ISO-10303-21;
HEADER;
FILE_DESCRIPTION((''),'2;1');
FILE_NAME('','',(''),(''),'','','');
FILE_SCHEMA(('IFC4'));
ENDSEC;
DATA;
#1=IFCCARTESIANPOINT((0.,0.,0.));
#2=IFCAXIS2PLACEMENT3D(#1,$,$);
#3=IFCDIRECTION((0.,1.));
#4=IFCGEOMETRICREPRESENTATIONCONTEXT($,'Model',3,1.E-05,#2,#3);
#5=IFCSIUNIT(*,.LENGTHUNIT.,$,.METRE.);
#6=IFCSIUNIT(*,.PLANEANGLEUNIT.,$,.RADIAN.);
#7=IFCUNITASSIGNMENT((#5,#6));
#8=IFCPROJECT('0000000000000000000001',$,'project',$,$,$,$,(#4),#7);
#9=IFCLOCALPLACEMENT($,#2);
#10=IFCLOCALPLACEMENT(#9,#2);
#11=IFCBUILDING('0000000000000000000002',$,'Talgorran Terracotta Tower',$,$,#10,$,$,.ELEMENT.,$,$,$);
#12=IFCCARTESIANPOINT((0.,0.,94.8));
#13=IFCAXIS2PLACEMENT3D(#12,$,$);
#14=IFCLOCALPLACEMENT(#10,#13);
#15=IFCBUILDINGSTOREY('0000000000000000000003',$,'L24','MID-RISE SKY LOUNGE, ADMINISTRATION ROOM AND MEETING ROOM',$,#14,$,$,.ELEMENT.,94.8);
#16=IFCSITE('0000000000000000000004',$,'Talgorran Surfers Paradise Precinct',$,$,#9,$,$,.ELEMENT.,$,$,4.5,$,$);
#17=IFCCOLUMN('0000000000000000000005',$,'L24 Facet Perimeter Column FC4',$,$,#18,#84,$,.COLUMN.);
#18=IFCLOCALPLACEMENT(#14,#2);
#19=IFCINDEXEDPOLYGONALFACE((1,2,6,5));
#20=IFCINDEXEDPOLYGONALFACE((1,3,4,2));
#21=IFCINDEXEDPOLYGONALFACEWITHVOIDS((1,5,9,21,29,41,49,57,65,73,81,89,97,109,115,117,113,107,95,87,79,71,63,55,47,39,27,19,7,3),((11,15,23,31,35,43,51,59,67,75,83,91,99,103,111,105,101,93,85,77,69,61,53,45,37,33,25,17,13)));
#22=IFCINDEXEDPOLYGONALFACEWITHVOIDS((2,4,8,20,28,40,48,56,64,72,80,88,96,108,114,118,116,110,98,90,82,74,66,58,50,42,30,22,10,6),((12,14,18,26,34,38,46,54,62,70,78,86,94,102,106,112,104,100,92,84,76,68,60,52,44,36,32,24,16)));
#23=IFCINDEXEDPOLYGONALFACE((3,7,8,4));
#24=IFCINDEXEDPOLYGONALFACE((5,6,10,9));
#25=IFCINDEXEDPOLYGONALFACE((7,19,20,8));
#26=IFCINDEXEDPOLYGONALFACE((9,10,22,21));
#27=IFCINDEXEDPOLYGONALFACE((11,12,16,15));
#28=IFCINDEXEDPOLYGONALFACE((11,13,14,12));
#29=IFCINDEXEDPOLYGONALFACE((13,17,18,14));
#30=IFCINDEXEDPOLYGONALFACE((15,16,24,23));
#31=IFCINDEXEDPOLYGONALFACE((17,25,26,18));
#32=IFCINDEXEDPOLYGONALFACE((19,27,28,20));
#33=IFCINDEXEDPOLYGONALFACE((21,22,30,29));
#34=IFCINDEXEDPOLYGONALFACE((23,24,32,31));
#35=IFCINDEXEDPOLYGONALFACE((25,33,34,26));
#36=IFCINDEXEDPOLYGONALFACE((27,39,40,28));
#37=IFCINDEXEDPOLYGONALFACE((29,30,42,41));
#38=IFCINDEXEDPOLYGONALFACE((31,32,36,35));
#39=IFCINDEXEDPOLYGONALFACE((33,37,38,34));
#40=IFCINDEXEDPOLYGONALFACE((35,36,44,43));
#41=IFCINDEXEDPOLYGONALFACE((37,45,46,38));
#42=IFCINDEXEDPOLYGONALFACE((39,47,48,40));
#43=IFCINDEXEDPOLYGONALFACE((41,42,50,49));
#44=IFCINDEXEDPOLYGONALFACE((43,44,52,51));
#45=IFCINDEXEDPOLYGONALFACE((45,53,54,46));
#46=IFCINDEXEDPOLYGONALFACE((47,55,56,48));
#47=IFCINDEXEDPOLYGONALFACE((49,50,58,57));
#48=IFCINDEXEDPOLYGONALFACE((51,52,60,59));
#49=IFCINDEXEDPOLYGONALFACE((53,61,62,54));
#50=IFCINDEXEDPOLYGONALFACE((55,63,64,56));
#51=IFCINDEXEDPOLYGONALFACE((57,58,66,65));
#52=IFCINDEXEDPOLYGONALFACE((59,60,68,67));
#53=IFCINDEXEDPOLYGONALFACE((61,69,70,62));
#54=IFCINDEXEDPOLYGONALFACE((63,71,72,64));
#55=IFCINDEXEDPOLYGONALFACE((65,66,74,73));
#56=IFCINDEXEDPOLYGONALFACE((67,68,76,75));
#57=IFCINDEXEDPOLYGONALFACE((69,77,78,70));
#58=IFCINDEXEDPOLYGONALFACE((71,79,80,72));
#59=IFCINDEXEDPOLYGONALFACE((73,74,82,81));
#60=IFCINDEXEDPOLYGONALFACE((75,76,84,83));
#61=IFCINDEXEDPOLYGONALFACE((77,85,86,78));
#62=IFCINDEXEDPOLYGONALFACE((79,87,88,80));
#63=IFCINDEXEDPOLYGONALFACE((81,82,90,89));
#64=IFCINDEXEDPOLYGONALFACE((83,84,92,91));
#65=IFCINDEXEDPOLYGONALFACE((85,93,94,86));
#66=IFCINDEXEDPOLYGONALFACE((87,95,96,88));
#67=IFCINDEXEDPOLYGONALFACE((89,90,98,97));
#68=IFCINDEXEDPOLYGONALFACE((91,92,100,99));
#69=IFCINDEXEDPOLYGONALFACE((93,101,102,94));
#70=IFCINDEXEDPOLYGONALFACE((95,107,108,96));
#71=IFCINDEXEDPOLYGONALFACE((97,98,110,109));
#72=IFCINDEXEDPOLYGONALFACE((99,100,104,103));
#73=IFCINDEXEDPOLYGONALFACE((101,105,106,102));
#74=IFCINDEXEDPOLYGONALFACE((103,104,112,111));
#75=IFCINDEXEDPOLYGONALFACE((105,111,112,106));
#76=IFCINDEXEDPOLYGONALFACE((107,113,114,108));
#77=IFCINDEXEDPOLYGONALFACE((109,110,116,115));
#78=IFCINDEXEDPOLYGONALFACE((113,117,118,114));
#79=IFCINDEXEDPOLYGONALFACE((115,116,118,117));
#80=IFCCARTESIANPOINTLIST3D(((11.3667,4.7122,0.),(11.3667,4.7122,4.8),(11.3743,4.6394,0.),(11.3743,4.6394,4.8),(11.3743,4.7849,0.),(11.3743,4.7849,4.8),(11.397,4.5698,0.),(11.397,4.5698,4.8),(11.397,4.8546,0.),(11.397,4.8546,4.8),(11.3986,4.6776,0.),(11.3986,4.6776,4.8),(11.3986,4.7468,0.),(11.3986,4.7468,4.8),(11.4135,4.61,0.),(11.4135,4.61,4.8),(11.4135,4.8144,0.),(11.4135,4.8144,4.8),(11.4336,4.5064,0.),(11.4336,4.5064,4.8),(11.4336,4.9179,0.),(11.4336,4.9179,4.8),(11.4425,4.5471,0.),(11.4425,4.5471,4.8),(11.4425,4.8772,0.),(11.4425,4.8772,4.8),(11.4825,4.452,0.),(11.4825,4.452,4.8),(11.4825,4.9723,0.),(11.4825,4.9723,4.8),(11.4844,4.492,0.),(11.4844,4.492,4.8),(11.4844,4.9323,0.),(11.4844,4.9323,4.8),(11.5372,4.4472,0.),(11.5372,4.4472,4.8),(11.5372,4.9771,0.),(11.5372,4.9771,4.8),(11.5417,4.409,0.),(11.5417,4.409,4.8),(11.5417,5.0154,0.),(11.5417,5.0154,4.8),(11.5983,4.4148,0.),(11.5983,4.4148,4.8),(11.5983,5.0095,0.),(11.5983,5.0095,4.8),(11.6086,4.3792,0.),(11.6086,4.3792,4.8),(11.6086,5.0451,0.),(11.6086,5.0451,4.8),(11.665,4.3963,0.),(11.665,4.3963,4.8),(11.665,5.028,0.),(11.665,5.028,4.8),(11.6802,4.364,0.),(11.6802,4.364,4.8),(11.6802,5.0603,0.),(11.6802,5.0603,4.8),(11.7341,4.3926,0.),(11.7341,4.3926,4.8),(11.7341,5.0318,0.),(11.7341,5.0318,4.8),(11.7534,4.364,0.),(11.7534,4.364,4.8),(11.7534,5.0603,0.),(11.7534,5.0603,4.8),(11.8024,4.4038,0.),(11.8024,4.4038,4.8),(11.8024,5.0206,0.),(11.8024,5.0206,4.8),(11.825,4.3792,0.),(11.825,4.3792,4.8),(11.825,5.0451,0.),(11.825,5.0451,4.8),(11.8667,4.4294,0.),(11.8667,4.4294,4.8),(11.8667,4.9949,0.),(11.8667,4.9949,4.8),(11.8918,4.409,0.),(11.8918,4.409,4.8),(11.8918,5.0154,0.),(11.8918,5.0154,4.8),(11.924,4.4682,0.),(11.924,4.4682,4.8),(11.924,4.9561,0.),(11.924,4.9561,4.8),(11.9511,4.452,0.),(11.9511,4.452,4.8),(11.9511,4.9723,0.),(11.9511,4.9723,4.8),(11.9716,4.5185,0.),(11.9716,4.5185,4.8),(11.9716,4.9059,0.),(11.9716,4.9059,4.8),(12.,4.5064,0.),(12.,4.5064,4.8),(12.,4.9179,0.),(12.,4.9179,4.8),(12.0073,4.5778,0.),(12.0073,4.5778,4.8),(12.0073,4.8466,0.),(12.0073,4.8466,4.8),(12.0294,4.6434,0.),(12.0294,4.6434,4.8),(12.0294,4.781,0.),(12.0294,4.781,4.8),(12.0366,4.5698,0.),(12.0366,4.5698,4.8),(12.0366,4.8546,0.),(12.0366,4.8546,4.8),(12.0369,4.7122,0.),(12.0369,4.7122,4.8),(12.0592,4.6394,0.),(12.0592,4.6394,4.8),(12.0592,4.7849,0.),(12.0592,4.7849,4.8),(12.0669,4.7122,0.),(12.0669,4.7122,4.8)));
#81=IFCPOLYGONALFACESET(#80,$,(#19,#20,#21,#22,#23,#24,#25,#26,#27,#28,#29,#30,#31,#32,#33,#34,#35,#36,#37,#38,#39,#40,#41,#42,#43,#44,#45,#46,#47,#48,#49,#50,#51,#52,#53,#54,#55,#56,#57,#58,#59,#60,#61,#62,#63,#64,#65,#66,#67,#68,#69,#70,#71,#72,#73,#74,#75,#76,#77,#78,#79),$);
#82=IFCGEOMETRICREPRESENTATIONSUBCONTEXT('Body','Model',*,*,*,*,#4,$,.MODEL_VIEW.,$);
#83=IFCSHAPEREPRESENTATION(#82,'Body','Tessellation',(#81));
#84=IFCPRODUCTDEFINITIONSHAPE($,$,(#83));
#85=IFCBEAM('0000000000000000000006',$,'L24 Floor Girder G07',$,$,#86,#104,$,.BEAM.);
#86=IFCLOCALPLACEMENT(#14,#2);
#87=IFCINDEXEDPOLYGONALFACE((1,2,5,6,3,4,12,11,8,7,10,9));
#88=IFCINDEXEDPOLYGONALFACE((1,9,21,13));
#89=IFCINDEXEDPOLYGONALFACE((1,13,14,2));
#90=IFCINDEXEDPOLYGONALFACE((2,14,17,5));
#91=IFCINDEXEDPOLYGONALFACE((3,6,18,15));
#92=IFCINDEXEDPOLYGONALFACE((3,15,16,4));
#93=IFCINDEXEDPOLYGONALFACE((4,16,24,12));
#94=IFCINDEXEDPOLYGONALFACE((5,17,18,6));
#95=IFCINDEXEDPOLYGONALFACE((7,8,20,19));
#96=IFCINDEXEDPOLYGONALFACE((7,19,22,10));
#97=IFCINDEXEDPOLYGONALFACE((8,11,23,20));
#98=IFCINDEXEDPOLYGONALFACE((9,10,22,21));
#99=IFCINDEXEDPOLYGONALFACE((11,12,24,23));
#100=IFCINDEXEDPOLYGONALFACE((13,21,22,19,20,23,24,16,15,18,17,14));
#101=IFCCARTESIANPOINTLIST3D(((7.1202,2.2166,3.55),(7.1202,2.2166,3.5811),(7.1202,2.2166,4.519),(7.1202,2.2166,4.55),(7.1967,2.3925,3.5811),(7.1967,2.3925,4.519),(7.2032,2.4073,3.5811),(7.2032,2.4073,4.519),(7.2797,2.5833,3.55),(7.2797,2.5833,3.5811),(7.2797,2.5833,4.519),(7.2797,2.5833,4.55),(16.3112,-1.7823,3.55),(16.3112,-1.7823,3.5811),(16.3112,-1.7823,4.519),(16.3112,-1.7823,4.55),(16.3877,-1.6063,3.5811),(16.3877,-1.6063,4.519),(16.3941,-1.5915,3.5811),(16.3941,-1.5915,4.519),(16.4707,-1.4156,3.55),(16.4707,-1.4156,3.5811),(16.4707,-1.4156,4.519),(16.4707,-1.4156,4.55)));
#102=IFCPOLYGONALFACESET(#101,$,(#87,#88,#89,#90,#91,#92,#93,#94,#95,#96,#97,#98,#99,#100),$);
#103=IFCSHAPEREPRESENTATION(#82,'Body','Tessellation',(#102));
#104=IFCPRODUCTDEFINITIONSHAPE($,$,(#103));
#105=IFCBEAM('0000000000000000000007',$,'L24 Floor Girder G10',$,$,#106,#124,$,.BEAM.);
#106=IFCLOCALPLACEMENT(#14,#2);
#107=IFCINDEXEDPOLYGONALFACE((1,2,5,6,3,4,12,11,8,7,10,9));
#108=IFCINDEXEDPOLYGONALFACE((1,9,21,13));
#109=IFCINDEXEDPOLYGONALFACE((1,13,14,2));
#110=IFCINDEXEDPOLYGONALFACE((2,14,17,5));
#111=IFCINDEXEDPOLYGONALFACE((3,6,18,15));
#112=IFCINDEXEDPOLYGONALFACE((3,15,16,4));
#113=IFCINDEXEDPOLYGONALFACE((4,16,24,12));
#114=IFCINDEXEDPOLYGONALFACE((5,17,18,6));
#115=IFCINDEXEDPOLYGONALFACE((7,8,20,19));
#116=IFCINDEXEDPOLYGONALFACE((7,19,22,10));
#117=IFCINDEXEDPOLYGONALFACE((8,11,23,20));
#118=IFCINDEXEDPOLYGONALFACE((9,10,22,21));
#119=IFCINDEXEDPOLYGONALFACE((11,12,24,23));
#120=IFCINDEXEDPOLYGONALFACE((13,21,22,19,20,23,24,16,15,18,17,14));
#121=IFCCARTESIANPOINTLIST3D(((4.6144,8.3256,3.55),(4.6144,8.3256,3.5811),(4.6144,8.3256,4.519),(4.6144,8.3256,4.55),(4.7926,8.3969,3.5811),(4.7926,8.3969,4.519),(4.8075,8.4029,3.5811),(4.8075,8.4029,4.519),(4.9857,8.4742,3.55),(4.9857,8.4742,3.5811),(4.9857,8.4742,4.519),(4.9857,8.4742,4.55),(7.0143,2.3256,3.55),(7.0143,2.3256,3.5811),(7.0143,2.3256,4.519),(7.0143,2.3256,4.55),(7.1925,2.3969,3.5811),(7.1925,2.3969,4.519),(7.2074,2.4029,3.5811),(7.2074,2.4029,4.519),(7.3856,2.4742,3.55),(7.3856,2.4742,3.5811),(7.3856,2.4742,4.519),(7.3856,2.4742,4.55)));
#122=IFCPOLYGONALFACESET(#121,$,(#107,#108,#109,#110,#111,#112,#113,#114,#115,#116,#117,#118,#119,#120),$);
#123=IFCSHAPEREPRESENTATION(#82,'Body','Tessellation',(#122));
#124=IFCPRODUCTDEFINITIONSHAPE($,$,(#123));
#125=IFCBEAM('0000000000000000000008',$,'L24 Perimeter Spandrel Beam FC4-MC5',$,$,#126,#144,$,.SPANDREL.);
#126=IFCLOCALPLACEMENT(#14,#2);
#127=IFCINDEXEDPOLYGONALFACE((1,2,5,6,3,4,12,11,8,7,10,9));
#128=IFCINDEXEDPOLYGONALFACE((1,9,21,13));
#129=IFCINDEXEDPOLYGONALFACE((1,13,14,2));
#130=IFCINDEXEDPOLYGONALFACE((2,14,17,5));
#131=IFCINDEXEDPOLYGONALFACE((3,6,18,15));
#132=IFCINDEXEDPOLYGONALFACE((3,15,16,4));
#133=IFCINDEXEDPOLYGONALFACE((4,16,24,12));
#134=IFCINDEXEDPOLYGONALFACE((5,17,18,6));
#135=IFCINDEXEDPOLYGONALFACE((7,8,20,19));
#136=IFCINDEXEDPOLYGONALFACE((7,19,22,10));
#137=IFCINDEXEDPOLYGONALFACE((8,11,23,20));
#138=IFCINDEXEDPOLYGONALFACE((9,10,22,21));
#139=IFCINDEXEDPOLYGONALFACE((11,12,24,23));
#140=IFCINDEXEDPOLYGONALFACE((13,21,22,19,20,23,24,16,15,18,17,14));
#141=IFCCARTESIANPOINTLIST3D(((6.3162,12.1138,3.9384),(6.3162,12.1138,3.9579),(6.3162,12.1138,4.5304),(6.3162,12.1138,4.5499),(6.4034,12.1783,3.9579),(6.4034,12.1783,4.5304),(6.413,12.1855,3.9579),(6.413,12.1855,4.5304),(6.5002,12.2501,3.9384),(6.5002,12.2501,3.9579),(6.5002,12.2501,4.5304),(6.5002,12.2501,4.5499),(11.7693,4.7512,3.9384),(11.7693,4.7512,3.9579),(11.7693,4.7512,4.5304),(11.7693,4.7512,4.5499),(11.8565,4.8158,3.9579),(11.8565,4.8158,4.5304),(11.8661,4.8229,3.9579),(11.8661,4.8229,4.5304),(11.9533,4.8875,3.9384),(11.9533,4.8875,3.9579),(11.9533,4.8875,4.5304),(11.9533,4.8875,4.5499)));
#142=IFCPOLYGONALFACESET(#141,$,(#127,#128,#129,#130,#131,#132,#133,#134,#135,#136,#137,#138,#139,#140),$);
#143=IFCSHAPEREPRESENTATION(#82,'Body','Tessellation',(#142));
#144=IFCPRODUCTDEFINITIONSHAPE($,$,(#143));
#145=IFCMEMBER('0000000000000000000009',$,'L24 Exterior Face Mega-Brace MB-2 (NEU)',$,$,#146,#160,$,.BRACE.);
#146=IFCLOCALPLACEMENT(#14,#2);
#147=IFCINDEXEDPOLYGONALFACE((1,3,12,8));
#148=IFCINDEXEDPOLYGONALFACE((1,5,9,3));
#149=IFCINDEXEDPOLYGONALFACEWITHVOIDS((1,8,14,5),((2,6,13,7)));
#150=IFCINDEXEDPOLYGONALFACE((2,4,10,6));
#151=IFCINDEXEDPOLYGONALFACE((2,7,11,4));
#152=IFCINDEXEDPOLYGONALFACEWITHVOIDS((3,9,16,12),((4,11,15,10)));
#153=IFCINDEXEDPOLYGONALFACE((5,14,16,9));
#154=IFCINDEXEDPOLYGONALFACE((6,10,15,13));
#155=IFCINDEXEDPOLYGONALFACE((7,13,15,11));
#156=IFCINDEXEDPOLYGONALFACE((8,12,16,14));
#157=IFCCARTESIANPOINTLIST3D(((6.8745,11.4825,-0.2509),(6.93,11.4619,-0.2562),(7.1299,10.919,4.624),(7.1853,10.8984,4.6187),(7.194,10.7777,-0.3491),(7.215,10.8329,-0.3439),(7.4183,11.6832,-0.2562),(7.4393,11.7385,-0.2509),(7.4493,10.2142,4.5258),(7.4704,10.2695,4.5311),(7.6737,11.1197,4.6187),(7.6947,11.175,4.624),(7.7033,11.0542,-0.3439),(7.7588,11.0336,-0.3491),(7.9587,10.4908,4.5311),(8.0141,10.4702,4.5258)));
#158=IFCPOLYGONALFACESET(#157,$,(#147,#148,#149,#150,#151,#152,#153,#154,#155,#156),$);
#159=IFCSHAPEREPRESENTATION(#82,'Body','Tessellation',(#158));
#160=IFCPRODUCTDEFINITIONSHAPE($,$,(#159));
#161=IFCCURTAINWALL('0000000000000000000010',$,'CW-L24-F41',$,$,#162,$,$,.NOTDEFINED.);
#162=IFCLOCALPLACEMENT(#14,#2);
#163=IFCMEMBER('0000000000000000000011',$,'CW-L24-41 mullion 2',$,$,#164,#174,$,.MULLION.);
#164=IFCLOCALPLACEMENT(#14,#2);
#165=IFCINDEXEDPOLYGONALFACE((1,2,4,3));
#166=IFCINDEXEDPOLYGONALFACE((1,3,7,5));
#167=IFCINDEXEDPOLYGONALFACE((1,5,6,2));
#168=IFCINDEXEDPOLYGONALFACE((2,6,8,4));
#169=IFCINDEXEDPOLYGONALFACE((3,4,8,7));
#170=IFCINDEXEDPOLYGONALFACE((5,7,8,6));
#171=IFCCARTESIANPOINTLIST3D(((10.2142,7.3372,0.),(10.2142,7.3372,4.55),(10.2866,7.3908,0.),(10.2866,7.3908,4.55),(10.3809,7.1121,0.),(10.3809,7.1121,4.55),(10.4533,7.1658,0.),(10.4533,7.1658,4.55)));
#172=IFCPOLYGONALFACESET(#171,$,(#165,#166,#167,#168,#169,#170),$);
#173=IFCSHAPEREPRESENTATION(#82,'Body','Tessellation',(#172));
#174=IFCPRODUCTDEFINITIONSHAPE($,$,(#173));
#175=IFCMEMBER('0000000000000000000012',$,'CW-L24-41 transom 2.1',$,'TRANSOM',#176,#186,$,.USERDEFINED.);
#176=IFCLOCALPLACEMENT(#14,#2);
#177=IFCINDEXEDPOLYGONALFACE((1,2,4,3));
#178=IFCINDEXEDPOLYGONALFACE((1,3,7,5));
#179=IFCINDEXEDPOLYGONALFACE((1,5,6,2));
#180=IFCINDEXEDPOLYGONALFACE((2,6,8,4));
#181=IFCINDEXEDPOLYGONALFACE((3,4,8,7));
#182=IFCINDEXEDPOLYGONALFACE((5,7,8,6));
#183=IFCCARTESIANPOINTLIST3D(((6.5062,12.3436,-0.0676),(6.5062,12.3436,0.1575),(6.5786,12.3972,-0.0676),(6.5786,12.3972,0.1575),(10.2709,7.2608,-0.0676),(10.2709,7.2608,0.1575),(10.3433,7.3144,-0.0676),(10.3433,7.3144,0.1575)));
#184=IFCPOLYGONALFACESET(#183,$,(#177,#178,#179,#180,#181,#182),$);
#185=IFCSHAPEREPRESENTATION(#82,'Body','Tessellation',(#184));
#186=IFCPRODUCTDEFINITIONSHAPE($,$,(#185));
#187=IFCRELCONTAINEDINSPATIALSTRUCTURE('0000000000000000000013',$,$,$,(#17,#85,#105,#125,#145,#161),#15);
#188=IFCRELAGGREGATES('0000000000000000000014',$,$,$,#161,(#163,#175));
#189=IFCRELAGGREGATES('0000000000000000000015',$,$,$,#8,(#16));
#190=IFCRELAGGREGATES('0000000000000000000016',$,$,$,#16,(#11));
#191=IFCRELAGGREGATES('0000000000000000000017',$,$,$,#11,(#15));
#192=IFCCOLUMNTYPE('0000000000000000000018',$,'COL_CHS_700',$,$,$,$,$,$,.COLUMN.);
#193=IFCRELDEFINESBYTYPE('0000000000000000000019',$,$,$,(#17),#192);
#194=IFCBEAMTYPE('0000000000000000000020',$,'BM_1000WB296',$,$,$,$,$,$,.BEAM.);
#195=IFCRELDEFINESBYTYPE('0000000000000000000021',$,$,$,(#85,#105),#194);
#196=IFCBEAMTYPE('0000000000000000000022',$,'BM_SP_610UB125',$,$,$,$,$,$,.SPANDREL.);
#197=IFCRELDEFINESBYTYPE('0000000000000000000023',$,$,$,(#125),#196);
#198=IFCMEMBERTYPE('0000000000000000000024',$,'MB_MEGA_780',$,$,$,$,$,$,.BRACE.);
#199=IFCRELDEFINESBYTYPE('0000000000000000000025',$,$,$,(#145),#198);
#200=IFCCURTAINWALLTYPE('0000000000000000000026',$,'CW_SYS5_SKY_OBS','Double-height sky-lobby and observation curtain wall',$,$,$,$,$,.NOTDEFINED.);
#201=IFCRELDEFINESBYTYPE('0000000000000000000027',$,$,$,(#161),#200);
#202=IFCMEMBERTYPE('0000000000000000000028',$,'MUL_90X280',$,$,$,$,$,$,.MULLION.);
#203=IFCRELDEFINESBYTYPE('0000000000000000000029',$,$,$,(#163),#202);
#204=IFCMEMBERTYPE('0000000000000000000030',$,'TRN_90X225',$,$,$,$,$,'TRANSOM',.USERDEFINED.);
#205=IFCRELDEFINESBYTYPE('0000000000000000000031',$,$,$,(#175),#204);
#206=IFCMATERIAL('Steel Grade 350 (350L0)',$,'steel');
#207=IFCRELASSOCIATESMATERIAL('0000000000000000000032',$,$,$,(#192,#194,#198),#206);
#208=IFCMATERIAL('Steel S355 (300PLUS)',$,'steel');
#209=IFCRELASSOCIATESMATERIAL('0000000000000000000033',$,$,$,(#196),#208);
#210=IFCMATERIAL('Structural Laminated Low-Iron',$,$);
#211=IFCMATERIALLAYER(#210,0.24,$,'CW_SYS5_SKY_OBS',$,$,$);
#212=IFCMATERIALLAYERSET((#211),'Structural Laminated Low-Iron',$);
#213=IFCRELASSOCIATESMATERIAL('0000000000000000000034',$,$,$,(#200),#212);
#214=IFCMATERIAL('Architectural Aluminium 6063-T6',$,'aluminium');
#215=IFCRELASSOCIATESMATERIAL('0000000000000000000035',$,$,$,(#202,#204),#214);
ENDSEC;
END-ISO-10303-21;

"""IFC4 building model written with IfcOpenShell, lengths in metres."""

from ifc_helpers import new_model, si_unit, direction, frame, origin, origin_2d, place, context, subcontext, project, spatial, rectangle, hollow_rectangle, hollow_circle, i_section, extrude, material, layer, layer_set, material_profile, profile_set, type_object, element, aggregate, save


model = new_model("IFC4")

# Units and contexts
model_context = context("Model", 3, precision=1e-05, world=origin(), true_north=direction((0.0, 1.0)))
body_context = subcontext(model_context, "Body", "Model", "MODEL_VIEW")
ifc_project = project(units=[si_unit("LENGTHUNIT", "METRE"), si_unit("PLANEANGLEUNIT", "RADIAN")], contexts=[model_context])

# Site, building, storey
site_placement = place(None, origin())
site = spatial("IfcSite", under=ifc_project, at=site_placement, Name="Talgorran Surfers Paradise Precinct", CompositionType="ELEMENT", RefElevation=4.5)
building_placement = place(site_placement, origin())
building = spatial("IfcBuilding", under=site, at=building_placement, Name="Talgorran Terracotta Tower", CompositionType="ELEMENT")
storey_placement = place(building_placement, frame((0.0, 0.0, 94.8)))
storey = spatial("IfcBuildingStorey", under=building, at=storey_placement, Name="L24", Description="MID-RISE SKY LOUNGE, ADMINISTRATION ROOM AND MEETING ROOM", CompositionType="ELEMENT", Elevation=94.8)

# Column
ifc_material_1 = material(Name="Steel Grade 350 (350L0)", Category="steel")
ifc_material_profile_1 = material_profile(ifc_material_1, hollow_circle(Radius=0.3501, WallThickness=0.03, at=origin_2d()), Name="CHS700X30")
ifc_profile_set_1 = profile_set([ifc_material_profile_1], Name="Steel Grade 350 (350L0)")
column_type = type_object("IfcColumnType", Name="COL_CHS_700", PredefinedType="COLUMN", material=ifc_profile_set_1)
column_placement = place(storey_placement, frame((11.7168, 4.7122, 0.0), z_axis=(0.0, 0.0, 1.0), x_axis=(1.0, 0.0, 0.0)))
element("IfcColumn", 1, at=column_placement, inside=storey, type_object=column_type, Name="L24 Facet Perimeter Column FC4", PredefinedType="COLUMN", context=body_context, shape_type="SweptSolid", body=[
    extrude(hollow_circle(Radius=0.3501, WallThickness=0.03, at=origin_2d()), origin(), (0.0, 0.0, 1.0), 4.8),
])

# Beams
ifc_material_profile_2 = material_profile(ifc_material_1, i_section(OverallWidth=0.3999, OverallDepth=1.0, WebThickness=0.0161, FlangeThickness=0.031, at=origin_2d()), Name="1000WB296")
ifc_profile_set_2 = profile_set([ifc_material_profile_2], Name="Steel Grade 350 (350L0)")
beam_type_1 = type_object("IfcBeamType", Name="BM_1000WB296", PredefinedType="BEAM", material=ifc_profile_set_2)
beam_1_placement = place(storey_placement, frame((7.2, 2.3999, 4.05), z_axis=(0.916971, -0.398955, 0.0), x_axis=(0.398955, 0.916971, 0.0)))
element("IfcBeam", 2, at=beam_1_placement, inside=storey, type_object=beam_type_1, Name="L24 Floor Girder G07", PredefinedType="BEAM", context=body_context, shape_type="SweptSolid", body=[
    extrude(i_section(OverallWidth=0.3999, OverallDepth=1.0, WebThickness=0.0161, FlangeThickness=0.031, at=origin_2d()), origin(), (0.0, 0.0, 1.0), 10.0232),
])
beam_2_placement = place(storey_placement, frame((7.2, 2.3999, 4.05), z_axis=(-0.371378, 0.928482, 0.0), x_axis=(-0.928482, -0.371378, 0.0)))
element("IfcBeam", 3, at=beam_2_placement, inside=storey, type_object=beam_type_1, Name="L24 Floor Girder G10", PredefinedType="BEAM", context=body_context, shape_type="SweptSolid", body=[
    extrude(i_section(OverallWidth=0.3999, OverallDepth=1.0, WebThickness=0.0161, FlangeThickness=0.031, at=origin_2d()), origin(), (0.0, 0.0, 1.0), 6.4622),
])
ifc_material_2 = material(Name="Steel S355 (300PLUS)", Category="steel")
ifc_material_profile_3 = material_profile(ifc_material_2, i_section(OverallWidth=0.229, OverallDepth=0.6116, WebThickness=0.012, FlangeThickness=0.0195, at=origin_2d()), Name="610UB125")
ifc_profile_set_3 = profile_set([ifc_material_profile_3], Name="Steel S355 (300PLUS)")
beam_type_2 = type_object("IfcBeamType", Name="BM_SP_610UB125", PredefinedType="SPANDREL", material=ifc_profile_set_3)
beam_3_placement = place(storey_placement, frame((11.8613, 4.8193, 4.2441), z_axis=(-0.595184, 0.803589, 0.0), x_axis=(-0.803589, -0.595184, 0.0)))
element("IfcBeam", 4, at=beam_3_placement, inside=storey, type_object=beam_type_2, Name="L24 Perimeter Spandrel Beam FC4-MC5", PredefinedType="SPANDREL", context=body_context, shape_type="SweptSolid", body=[
    extrude(i_section(OverallWidth=0.229, OverallDepth=0.6116, WebThickness=0.012, FlangeThickness=0.0195, at=origin_2d()), origin(), (0.0, 0.0, 1.0), 9.1621),
])

# Member
ifc_material_profile_4 = material_profile(ifc_material_1, hollow_rectangle(XDim=0.6201, YDim=0.78, WallThickness=0.042, at=origin_2d()), Name="WBOX780X620X42")
ifc_profile_set_4 = profile_set([ifc_material_profile_4], Name="Steel Grade 350 (350L0)")
member_type_1 = type_object("IfcMemberType", Name="MB_MEGA_780", PredefinedType="BRACE", material=ifc_profile_set_4)
member_1_placement = place(storey_placement, frame((7.3167, 11.2581, -0.3), z_axis=(0.051967, -0.114665, 0.992044), x_axis=(0.910825, 0.412792, 0.0)))
element("IfcMember", 5, at=member_1_placement, inside=storey, type_object=member_type_1, Name="L24 Exterior Face Mega-Brace MB-2 (NEU)", PredefinedType="BRACE", context=body_context, shape_type="SweptSolid", body=[
    extrude(hollow_rectangle(XDim=0.6201, YDim=0.78, WallThickness=0.042, at=origin_2d()), origin(), (0.0, 0.0, 1.0), 4.9141),
])

# Curtain wall, members
ifc_material_3 = material(Name="Structural Laminated Low-Iron")
ifc_layer_1 = layer(ifc_material_3, 0.24, Name="CW_SYS5_SKY_OBS")
ifc_layer_set_1 = layer_set([ifc_layer_1], Name="Structural Laminated Low-Iron")
curtain_wall_type = type_object("IfcCurtainWallType", Name="CW_SYS5_SKY_OBS", Description="Double-height sky-lobby and observation curtain wall", PredefinedType="NOTDEFINED", material=ifc_layer_set_1)
curtain_wall_placement = place(storey_placement, origin())
curtain_wall = element("IfcCurtainWall", 6, at=curtain_wall_placement, inside=storey, type_object=curtain_wall_type, Name="CW-L24-F41", PredefinedType="NOTDEFINED")
ifc_material_4 = material(Name="Architectural Aluminium 6063-T6", Category="aluminium")
ifc_material_profile_5 = material_profile(ifc_material_4, rectangle(XDim=0.0901, YDim=0.28, at=origin_2d()), Name="CWM90X280")
ifc_profile_set_5 = profile_set([ifc_material_profile_5], Name="Architectural Aluminium 6063-T6")
member_type_2 = type_object("IfcMemberType", Name="MUL_90X280", PredefinedType="MULLION", material=ifc_profile_set_5)
member_2_placement = place(storey_placement, frame((10.3337, 7.2515, 0.0), z_axis=(0.0, 0.0, 1.0), x_axis=(-0.803597, -0.595174, 0.0)))
member_2 = element("IfcMember", 7, at=member_2_placement, type_object=member_type_2, Name="CW-L24-41 mullion 2", PredefinedType="MULLION", context=body_context, shape_type="SweptSolid", body=[
    extrude(rectangle(XDim=0.0901, YDim=0.28, at=origin_2d()), origin(), (0.0, 0.0, 1.0), 4.55),
])
ifc_material_profile_6 = material_profile(ifc_material_4, rectangle(XDim=0.0901, YDim=0.2251, at=origin_2d()), Name="CWT90X225")
ifc_profile_set_6 = profile_set([ifc_material_profile_6], Name="Architectural Aluminium 6063-T6")
member_type_3 = type_object("IfcMemberType", Name="TRN_90X225", ElementType="TRANSOM", PredefinedType="USERDEFINED", material=ifc_profile_set_6)
member_3_placement = place(storey_placement, frame((10.3071, 7.2876, 0.0449), z_axis=(-0.595191, 0.803585, 0.0), x_axis=(-0.803585, -0.595191, 0.0)))
member_3 = element("IfcMember", 8, at=member_3_placement, type_object=member_type_3, Name="CW-L24-41 transom 2.1", ObjectType="TRANSOM", PredefinedType="USERDEFINED", context=body_context, shape_type="SweptSolid", body=[
    extrude(rectangle(XDim=0.0901, YDim=0.2251, at=origin_2d()), origin(), (0.0, 0.0, 1.0), 6.3252),
])

aggregate(curtain_wall, [member_2, member_3])

save(model, "model.ifc")
